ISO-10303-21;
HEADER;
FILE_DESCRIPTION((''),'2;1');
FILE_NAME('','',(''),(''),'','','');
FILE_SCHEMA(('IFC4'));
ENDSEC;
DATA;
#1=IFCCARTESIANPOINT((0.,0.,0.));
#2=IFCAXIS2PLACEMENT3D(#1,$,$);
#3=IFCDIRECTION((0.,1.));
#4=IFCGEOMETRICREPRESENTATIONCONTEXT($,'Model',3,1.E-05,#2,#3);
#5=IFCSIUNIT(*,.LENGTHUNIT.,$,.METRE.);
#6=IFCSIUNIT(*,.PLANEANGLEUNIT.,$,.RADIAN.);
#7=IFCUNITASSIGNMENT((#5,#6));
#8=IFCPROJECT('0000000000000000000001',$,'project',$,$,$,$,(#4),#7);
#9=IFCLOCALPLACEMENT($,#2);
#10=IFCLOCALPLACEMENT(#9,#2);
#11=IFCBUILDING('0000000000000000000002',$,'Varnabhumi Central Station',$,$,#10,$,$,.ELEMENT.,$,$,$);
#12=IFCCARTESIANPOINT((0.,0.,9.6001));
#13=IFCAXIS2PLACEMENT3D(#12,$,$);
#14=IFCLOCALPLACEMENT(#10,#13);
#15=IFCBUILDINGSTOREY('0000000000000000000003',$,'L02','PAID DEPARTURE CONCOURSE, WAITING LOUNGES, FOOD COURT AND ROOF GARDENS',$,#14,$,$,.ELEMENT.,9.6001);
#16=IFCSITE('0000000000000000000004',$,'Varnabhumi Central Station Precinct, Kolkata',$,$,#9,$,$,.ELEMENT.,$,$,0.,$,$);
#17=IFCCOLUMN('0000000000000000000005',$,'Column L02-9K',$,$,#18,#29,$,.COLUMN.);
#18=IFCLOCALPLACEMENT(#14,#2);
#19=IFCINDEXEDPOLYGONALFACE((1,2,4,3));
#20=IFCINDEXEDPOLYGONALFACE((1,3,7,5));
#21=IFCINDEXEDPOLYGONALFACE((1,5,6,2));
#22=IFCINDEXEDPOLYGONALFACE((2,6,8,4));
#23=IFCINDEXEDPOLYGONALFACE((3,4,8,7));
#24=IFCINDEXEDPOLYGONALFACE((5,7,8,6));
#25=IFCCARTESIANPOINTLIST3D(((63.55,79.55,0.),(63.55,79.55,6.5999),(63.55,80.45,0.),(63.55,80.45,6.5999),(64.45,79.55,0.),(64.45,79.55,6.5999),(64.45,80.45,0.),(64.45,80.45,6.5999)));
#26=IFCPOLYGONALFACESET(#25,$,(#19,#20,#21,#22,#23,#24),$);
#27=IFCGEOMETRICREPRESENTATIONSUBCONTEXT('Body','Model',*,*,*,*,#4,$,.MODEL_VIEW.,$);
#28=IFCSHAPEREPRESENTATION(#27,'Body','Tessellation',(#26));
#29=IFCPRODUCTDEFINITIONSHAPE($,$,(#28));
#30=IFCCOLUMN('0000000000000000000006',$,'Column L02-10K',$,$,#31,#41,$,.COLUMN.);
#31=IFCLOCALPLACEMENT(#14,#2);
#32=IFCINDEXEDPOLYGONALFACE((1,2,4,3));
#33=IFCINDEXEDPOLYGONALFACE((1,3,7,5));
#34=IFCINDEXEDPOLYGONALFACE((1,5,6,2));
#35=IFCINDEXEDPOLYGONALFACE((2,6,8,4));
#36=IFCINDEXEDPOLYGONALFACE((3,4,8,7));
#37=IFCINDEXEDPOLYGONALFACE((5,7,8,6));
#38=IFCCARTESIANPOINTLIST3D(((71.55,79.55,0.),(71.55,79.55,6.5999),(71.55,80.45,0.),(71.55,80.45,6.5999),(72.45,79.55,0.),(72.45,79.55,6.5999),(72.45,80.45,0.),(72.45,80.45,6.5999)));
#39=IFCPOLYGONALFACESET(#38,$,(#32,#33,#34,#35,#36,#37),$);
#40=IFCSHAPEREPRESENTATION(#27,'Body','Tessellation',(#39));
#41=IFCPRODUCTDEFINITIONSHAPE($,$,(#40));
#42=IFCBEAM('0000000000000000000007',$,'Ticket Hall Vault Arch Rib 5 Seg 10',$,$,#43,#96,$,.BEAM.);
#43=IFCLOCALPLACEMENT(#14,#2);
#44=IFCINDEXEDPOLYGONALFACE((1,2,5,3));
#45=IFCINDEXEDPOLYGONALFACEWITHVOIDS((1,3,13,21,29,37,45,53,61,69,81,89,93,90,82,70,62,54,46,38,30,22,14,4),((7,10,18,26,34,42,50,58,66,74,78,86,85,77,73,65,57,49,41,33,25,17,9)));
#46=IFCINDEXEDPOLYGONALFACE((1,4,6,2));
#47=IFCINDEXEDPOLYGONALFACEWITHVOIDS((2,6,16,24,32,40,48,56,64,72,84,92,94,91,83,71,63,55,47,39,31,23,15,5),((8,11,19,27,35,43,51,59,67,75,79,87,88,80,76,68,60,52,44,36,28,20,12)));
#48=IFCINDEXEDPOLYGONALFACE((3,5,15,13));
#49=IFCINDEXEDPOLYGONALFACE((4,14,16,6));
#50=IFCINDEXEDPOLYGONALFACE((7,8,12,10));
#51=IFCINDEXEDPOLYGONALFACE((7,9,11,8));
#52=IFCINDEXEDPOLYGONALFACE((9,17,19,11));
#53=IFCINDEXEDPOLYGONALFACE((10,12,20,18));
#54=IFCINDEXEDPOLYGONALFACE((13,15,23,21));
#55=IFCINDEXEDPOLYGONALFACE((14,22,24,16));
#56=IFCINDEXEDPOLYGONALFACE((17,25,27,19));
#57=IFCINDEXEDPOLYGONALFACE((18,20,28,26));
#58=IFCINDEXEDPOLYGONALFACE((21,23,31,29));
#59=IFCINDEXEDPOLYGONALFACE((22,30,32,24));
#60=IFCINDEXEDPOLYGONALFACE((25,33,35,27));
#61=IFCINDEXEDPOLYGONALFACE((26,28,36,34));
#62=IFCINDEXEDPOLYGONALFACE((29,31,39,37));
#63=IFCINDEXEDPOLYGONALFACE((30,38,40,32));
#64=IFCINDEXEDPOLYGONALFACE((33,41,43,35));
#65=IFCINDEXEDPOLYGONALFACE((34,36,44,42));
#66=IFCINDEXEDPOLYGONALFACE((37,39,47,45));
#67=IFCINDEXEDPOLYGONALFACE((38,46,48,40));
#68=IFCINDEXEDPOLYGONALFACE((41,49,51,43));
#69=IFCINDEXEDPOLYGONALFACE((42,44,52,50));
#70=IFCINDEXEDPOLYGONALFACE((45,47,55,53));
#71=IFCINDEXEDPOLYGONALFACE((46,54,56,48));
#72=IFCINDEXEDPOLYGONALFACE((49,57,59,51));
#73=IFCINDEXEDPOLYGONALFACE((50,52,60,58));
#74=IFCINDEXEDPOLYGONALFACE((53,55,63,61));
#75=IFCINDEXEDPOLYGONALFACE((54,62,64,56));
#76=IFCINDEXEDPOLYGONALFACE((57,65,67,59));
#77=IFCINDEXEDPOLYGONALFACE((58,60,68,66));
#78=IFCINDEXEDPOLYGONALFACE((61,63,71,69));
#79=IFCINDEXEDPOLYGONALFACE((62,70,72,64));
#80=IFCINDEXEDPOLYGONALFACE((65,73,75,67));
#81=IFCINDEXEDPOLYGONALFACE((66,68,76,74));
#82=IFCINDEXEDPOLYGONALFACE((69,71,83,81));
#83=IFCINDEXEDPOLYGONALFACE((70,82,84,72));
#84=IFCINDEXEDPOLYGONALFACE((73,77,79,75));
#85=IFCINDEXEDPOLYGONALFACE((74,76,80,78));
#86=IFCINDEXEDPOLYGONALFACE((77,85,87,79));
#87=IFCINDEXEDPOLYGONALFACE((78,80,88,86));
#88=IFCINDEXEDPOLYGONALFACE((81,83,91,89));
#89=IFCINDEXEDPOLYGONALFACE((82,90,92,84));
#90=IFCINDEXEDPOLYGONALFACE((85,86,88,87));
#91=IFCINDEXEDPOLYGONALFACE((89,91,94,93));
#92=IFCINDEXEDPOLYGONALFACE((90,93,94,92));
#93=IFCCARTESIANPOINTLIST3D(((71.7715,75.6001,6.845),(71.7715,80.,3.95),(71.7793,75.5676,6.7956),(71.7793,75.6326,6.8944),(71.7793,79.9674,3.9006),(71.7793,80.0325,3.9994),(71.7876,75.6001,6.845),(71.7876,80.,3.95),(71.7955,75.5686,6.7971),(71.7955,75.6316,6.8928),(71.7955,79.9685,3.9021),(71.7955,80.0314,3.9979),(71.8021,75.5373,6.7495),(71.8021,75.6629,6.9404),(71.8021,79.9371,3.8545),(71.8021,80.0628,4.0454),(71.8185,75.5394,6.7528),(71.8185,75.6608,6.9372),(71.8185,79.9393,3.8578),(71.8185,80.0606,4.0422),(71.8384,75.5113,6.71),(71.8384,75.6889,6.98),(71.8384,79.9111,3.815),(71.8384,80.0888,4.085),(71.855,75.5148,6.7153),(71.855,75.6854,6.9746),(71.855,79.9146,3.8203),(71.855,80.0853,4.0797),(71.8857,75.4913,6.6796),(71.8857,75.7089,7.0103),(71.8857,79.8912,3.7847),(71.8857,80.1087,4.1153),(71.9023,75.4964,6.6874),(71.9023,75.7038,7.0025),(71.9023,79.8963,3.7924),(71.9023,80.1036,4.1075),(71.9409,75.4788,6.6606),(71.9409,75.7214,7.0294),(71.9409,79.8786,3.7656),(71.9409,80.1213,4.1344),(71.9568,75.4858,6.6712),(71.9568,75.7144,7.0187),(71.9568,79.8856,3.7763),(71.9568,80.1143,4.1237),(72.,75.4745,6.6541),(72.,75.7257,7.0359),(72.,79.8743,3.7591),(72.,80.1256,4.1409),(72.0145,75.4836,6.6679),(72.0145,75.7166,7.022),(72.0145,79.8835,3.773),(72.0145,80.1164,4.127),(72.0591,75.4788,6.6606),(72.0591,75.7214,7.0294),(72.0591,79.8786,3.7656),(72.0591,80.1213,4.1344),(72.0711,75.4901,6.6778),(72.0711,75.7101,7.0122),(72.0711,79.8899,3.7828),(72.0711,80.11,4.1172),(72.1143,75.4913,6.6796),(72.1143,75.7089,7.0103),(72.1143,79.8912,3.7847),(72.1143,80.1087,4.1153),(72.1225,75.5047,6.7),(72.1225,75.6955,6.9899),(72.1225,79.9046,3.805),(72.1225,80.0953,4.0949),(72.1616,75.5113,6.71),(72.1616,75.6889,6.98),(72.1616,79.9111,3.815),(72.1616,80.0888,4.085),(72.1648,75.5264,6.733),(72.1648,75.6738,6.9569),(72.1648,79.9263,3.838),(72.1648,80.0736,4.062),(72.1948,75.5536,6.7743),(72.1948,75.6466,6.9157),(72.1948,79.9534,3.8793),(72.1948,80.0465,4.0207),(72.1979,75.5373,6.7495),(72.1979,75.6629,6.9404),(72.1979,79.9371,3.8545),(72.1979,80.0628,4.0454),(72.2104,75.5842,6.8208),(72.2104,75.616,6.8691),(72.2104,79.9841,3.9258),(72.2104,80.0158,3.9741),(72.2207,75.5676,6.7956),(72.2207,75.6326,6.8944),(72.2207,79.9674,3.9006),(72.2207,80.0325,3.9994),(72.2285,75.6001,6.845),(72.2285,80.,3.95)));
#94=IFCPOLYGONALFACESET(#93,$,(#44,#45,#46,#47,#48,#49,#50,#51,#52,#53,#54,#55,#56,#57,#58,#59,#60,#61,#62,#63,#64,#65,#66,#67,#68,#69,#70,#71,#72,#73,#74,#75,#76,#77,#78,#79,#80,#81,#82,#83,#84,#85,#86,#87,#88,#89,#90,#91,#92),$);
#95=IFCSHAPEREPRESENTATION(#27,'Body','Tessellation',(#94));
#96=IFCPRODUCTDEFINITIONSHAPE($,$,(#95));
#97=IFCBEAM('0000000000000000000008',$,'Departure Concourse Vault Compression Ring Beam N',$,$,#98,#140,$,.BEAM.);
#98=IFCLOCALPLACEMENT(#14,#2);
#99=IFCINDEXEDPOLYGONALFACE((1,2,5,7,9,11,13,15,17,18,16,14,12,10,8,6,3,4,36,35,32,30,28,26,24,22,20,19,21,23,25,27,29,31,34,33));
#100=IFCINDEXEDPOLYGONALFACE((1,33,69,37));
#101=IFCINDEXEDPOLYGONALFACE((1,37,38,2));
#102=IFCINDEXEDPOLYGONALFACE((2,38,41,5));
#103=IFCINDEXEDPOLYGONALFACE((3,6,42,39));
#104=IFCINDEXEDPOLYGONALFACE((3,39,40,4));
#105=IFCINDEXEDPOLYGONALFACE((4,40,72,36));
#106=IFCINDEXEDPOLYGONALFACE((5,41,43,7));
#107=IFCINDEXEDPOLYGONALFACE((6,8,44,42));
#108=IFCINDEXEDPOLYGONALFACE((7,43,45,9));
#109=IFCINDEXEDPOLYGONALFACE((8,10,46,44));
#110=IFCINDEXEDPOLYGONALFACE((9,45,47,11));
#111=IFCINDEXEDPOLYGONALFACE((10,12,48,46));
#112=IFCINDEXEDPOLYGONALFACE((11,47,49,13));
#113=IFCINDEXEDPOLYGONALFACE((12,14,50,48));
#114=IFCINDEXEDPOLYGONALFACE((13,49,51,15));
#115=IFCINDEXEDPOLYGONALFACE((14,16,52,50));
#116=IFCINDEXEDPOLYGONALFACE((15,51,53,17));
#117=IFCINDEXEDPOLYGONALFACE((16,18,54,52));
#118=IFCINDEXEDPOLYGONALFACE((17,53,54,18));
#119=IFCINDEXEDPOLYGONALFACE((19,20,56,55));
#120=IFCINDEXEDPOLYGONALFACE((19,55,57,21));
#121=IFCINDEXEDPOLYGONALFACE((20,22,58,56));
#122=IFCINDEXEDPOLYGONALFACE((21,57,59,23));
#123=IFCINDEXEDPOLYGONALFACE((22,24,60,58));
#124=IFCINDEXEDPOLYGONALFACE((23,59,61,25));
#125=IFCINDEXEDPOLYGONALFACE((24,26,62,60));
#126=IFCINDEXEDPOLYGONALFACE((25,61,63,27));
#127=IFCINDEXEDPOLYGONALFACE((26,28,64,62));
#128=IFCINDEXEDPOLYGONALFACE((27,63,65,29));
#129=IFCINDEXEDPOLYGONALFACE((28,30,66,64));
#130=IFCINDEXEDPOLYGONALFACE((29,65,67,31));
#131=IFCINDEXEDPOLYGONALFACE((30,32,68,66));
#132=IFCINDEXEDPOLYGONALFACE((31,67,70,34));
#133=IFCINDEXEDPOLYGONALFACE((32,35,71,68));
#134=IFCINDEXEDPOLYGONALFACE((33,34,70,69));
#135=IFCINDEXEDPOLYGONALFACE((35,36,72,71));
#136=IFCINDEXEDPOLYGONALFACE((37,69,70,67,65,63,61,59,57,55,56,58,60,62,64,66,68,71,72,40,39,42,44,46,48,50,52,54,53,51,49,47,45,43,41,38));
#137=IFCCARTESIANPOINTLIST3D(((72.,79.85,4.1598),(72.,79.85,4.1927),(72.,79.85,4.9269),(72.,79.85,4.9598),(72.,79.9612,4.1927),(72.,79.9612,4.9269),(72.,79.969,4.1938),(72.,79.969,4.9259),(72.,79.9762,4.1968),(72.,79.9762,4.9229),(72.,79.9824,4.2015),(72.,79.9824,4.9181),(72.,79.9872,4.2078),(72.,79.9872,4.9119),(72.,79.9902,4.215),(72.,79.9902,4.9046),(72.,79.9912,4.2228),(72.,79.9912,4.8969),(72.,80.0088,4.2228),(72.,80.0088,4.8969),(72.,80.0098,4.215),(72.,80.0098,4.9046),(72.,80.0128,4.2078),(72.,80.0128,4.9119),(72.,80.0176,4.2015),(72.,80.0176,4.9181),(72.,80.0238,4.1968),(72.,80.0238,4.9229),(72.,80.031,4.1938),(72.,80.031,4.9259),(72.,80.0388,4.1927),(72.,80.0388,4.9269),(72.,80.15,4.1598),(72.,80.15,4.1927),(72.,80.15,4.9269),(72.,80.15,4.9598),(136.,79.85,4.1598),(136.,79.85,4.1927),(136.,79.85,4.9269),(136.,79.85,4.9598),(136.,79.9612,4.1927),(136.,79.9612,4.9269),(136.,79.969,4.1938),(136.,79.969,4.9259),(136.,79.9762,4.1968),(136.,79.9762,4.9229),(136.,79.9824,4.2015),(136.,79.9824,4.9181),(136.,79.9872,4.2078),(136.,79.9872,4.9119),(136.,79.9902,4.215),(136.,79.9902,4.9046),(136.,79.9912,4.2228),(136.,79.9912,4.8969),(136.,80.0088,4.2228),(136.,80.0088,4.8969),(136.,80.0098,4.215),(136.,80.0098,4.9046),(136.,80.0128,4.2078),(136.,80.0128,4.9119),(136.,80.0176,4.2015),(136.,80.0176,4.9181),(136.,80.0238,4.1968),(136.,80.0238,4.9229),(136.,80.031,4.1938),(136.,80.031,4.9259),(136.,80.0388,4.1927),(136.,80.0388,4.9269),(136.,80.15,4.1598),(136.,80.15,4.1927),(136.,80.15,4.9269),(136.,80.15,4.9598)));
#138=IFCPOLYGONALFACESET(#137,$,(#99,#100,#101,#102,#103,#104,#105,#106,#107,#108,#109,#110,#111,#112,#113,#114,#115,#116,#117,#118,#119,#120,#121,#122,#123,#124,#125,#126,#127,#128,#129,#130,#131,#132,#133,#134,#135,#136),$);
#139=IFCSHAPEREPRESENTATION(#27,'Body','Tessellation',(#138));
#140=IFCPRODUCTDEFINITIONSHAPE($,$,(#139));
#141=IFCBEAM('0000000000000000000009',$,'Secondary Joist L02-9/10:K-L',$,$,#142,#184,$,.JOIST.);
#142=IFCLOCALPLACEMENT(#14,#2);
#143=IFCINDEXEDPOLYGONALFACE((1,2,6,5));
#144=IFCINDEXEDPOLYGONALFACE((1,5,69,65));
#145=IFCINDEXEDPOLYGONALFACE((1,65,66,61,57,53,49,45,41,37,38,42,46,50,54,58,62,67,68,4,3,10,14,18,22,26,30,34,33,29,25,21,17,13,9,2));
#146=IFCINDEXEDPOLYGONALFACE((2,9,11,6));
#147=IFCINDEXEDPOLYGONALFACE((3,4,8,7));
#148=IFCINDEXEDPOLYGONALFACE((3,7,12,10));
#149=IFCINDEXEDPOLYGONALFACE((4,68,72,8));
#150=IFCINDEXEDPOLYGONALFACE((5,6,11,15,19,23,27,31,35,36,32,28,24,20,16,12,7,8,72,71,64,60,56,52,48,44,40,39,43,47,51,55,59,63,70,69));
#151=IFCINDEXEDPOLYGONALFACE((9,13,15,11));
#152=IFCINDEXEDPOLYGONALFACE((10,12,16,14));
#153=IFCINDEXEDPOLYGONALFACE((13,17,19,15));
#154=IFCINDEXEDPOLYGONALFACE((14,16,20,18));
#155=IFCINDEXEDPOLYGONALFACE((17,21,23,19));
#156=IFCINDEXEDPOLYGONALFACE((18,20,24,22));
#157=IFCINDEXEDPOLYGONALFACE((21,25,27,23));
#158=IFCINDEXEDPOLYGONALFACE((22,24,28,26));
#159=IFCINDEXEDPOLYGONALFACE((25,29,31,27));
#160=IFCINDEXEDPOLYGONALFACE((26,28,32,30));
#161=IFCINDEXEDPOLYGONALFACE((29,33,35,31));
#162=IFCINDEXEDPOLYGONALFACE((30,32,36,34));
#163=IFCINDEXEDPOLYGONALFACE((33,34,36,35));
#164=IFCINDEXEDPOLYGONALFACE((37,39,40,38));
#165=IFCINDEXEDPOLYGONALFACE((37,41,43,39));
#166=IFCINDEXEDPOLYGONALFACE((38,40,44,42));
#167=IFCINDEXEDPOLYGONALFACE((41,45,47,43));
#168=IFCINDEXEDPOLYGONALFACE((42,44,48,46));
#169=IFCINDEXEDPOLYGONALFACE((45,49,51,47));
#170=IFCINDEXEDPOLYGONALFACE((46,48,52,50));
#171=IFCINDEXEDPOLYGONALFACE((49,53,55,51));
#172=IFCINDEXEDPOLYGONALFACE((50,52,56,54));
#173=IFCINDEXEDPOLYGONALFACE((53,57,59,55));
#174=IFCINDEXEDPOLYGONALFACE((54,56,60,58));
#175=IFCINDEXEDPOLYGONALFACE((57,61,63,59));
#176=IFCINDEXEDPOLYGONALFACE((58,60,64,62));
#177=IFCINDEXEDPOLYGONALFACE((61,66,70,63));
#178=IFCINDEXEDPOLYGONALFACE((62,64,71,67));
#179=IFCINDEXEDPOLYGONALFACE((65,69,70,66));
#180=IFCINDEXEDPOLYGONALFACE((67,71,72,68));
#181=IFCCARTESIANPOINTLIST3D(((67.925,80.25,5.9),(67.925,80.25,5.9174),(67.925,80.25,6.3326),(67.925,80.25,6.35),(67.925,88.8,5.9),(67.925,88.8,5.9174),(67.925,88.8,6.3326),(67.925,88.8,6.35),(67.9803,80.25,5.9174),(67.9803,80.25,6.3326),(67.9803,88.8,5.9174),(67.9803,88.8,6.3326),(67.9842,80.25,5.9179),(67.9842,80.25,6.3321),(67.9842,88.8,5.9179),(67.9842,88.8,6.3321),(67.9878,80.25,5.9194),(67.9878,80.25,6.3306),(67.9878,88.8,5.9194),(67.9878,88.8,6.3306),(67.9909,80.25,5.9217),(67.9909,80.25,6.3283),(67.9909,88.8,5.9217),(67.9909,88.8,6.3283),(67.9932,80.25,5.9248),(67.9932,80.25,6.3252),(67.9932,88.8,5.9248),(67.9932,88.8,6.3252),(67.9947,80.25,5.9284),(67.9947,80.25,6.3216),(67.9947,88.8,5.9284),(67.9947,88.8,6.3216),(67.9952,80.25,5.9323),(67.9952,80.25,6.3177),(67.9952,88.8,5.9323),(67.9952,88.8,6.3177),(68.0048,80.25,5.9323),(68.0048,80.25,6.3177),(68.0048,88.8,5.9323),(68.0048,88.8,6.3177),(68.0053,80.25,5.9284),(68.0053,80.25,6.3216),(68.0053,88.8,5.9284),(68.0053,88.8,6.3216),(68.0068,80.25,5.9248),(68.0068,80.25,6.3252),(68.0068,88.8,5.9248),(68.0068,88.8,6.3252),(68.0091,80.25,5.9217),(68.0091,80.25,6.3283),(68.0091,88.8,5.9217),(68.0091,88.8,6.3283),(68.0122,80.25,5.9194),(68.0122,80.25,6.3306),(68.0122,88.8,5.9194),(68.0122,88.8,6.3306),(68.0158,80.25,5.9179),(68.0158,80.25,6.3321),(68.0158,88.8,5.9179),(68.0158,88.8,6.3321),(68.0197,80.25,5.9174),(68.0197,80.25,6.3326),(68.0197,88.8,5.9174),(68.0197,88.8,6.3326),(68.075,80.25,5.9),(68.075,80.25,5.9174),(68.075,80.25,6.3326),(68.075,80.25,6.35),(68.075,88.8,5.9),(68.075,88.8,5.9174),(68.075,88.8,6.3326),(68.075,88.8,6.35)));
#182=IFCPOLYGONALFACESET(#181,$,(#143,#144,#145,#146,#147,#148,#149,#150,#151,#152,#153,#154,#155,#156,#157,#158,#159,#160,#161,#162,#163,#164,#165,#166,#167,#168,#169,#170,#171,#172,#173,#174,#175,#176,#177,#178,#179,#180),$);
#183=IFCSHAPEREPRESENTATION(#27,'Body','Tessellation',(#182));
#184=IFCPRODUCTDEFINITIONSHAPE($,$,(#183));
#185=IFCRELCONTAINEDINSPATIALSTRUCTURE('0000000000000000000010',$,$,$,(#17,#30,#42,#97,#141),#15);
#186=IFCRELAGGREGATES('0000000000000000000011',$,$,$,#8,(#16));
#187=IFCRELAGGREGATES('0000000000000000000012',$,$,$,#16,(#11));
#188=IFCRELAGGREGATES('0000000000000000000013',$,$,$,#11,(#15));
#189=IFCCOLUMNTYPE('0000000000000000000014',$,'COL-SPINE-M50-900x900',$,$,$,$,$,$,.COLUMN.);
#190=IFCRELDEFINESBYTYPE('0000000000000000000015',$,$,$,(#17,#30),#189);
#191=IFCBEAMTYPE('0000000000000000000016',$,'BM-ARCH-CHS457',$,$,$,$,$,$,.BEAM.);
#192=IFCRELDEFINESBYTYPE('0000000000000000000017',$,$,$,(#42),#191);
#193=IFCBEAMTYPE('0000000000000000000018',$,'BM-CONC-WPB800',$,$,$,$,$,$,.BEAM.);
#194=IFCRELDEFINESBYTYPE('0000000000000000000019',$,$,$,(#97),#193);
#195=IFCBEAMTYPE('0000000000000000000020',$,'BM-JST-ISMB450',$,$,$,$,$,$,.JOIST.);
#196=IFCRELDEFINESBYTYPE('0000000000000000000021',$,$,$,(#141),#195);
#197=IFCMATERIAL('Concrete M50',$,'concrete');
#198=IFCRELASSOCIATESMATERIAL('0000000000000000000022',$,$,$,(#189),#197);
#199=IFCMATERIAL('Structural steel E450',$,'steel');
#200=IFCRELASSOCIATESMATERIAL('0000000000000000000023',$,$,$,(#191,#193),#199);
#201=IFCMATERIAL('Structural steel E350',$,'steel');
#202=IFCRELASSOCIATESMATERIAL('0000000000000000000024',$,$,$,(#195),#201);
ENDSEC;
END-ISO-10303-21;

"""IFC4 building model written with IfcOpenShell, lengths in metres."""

from ifc_helpers import new_model, si_unit, direction, frame, origin, origin_2d, place, context, subcontext, project, spatial, rectangle, hollow_circle, i_section, extrude, material, material_profile, profile_set, type_object, element, save


model = new_model("IFC4")

# Units and contexts
model_context = context("Model", 3, precision=1e-05, world=origin(), true_north=direction((0.0, 1.0)))
body_context = subcontext(model_context, "Body", "Model", "MODEL_VIEW")
ifc_project = project(units=[si_unit("LENGTHUNIT", "METRE"), si_unit("PLANEANGLEUNIT", "RADIAN")], contexts=[model_context])

# Site, building, storey
site_placement = place(None, origin())
site = spatial("IfcSite", under=ifc_project, at=site_placement, Name="Varnabhumi Central Station Precinct, Kolkata", CompositionType="ELEMENT", RefElevation=0.0)
building_placement = place(site_placement, origin())
building = spatial("IfcBuilding", under=site, at=building_placement, Name="Varnabhumi Central Station", CompositionType="ELEMENT")
storey_placement = place(building_placement, frame((0.0, 0.0, 9.6001)))
storey = spatial("IfcBuildingStorey", under=building, at=storey_placement, Name="L02", Description="PAID DEPARTURE CONCOURSE, WAITING LOUNGES, FOOD COURT AND ROOF GARDENS", CompositionType="ELEMENT", Elevation=9.6001)

# Columns
ifc_material_1 = material(Name="Concrete M50", Category="concrete")
ifc_material_profile_1 = material_profile(ifc_material_1, rectangle(XDim=0.8999, YDim=0.8999, at=origin_2d()), Name="Concrete M50", Category="concrete")
ifc_profile_set_1 = profile_set([ifc_material_profile_1], Name="Concrete M50")
column_type = type_object("IfcColumnType", Name="COL-SPINE-M50-900x900", PredefinedType="COLUMN", material=ifc_profile_set_1)
for number, where, z_axis, x_axis, name in (
    (1, (64.0, 80.0, 0.0), (0.0, 0.0, 1.0), (1.0, 0.0, 0.0), "Column L02-9K"),
    (2, (72.0, 80.0, 0.0), (0.0, 0.0, 1.0), (1.0, 0.0, 0.0), "Column L02-10K"),
):
    element("IfcColumn", number, at=place(storey_placement, frame(where, z_axis=z_axis, x_axis=x_axis)), inside=storey, type_object=column_type, Name=name, PredefinedType="COLUMN", context=body_context, shape_type="SweptSolid", body=[
        extrude(rectangle(XDim=0.8999, YDim=0.8999, at=origin_2d()), origin(), (0.0, 0.0, 1.0), 6.5999),
    ])

# Beams
ifc_material_2 = material(Name="Structural steel E450", Category="steel")
ifc_material_profile_2 = material_profile(ifc_material_2, hollow_circle(Radius=0.2285, WallThickness=0.0161, at=origin_2d()), Name="Structural steel E450", Category="steel")
ifc_profile_set_2 = profile_set([ifc_material_profile_2], Name="Structural steel E450")
beam_type_1 = type_object("IfcBeamType", Name="BM-ARCH-CHS457", PredefinedType="BEAM", material=ifc_profile_set_2)
beam_1_placement = place(storey_placement, frame((72.0, 75.6001, 6.845), z_axis=(0.0, 0.835387, -0.549662), x_axis=(-1.0, 0.0, 0.0)))
element("IfcBeam", 3, at=beam_1_placement, inside=storey, type_object=beam_type_1, Name="Ticket Hall Vault Arch Rib 5 Seg 10", PredefinedType="BEAM", context=body_context, shape_type="SweptSolid", body=[
    extrude(hollow_circle(Radius=0.2285, WallThickness=0.0161, at=origin_2d()), origin(), (0.0, 0.0, 1.0), 5.2668),
])
ifc_material_profile_3 = material_profile(ifc_material_2, i_section(OverallWidth=0.3, OverallDepth=0.8, WebThickness=0.0176, FlangeThickness=0.033, FilletRadius=0.03, at=origin_2d()), Name="Structural steel E450", Category="steel")
ifc_profile_set_3 = profile_set([ifc_material_profile_3], Name="Structural steel E450")
beam_type_2 = type_object("IfcBeamType", Name="BM-CONC-WPB800", PredefinedType="BEAM", material=ifc_profile_set_3)
beam_2_placement = place(storey_placement, frame((72.0, 80.0, 4.5598), z_axis=(1.0, 0.0, 0.0), x_axis=(0.0, 1.0, 0.0)))
element("IfcBeam", 4, at=beam_2_placement, inside=storey, type_object=beam_type_2, Name="Departure Concourse Vault Compression Ring Beam N", PredefinedType="BEAM", context=body_context, shape_type="SweptSolid", body=[
    extrude(i_section(OverallWidth=0.3, OverallDepth=0.8, WebThickness=0.0176, FlangeThickness=0.033, FilletRadius=0.03, at=origin_2d()), origin(), (0.0, 0.0, 1.0), 64.0),
])
ifc_material_3 = material(Name="Structural steel E350", Category="steel")
ifc_material_profile_4 = material_profile(ifc_material_3, i_section(OverallWidth=0.1499, OverallDepth=0.45, WebThickness=0.0095, FlangeThickness=0.0173, FilletRadius=0.0149, at=origin_2d()), Name="Structural steel E350", Category="steel")
ifc_profile_set_4 = profile_set([ifc_material_profile_4], Name="Structural steel E350")
beam_type_3 = type_object("IfcBeamType", Name="BM-JST-ISMB450", PredefinedType="JOIST", material=ifc_profile_set_4)
beam_3_placement = place(storey_placement, frame((68.0, 80.25, 6.125), z_axis=(0.0, 1.0, 0.0), x_axis=(-1.0, 0.0, 0.0)))
element("IfcBeam", 5, at=beam_3_placement, inside=storey, type_object=beam_type_3, Name="Secondary Joist L02-9/10:K-L", PredefinedType="JOIST", context=body_context, shape_type="SweptSolid", body=[
    extrude(i_section(OverallWidth=0.1499, OverallDepth=0.45, WebThickness=0.0095, FlangeThickness=0.0173, FilletRadius=0.0149, at=origin_2d()), origin(), (0.0, 0.0, 1.0), 8.55),
])

save(model, "model.ifc")
